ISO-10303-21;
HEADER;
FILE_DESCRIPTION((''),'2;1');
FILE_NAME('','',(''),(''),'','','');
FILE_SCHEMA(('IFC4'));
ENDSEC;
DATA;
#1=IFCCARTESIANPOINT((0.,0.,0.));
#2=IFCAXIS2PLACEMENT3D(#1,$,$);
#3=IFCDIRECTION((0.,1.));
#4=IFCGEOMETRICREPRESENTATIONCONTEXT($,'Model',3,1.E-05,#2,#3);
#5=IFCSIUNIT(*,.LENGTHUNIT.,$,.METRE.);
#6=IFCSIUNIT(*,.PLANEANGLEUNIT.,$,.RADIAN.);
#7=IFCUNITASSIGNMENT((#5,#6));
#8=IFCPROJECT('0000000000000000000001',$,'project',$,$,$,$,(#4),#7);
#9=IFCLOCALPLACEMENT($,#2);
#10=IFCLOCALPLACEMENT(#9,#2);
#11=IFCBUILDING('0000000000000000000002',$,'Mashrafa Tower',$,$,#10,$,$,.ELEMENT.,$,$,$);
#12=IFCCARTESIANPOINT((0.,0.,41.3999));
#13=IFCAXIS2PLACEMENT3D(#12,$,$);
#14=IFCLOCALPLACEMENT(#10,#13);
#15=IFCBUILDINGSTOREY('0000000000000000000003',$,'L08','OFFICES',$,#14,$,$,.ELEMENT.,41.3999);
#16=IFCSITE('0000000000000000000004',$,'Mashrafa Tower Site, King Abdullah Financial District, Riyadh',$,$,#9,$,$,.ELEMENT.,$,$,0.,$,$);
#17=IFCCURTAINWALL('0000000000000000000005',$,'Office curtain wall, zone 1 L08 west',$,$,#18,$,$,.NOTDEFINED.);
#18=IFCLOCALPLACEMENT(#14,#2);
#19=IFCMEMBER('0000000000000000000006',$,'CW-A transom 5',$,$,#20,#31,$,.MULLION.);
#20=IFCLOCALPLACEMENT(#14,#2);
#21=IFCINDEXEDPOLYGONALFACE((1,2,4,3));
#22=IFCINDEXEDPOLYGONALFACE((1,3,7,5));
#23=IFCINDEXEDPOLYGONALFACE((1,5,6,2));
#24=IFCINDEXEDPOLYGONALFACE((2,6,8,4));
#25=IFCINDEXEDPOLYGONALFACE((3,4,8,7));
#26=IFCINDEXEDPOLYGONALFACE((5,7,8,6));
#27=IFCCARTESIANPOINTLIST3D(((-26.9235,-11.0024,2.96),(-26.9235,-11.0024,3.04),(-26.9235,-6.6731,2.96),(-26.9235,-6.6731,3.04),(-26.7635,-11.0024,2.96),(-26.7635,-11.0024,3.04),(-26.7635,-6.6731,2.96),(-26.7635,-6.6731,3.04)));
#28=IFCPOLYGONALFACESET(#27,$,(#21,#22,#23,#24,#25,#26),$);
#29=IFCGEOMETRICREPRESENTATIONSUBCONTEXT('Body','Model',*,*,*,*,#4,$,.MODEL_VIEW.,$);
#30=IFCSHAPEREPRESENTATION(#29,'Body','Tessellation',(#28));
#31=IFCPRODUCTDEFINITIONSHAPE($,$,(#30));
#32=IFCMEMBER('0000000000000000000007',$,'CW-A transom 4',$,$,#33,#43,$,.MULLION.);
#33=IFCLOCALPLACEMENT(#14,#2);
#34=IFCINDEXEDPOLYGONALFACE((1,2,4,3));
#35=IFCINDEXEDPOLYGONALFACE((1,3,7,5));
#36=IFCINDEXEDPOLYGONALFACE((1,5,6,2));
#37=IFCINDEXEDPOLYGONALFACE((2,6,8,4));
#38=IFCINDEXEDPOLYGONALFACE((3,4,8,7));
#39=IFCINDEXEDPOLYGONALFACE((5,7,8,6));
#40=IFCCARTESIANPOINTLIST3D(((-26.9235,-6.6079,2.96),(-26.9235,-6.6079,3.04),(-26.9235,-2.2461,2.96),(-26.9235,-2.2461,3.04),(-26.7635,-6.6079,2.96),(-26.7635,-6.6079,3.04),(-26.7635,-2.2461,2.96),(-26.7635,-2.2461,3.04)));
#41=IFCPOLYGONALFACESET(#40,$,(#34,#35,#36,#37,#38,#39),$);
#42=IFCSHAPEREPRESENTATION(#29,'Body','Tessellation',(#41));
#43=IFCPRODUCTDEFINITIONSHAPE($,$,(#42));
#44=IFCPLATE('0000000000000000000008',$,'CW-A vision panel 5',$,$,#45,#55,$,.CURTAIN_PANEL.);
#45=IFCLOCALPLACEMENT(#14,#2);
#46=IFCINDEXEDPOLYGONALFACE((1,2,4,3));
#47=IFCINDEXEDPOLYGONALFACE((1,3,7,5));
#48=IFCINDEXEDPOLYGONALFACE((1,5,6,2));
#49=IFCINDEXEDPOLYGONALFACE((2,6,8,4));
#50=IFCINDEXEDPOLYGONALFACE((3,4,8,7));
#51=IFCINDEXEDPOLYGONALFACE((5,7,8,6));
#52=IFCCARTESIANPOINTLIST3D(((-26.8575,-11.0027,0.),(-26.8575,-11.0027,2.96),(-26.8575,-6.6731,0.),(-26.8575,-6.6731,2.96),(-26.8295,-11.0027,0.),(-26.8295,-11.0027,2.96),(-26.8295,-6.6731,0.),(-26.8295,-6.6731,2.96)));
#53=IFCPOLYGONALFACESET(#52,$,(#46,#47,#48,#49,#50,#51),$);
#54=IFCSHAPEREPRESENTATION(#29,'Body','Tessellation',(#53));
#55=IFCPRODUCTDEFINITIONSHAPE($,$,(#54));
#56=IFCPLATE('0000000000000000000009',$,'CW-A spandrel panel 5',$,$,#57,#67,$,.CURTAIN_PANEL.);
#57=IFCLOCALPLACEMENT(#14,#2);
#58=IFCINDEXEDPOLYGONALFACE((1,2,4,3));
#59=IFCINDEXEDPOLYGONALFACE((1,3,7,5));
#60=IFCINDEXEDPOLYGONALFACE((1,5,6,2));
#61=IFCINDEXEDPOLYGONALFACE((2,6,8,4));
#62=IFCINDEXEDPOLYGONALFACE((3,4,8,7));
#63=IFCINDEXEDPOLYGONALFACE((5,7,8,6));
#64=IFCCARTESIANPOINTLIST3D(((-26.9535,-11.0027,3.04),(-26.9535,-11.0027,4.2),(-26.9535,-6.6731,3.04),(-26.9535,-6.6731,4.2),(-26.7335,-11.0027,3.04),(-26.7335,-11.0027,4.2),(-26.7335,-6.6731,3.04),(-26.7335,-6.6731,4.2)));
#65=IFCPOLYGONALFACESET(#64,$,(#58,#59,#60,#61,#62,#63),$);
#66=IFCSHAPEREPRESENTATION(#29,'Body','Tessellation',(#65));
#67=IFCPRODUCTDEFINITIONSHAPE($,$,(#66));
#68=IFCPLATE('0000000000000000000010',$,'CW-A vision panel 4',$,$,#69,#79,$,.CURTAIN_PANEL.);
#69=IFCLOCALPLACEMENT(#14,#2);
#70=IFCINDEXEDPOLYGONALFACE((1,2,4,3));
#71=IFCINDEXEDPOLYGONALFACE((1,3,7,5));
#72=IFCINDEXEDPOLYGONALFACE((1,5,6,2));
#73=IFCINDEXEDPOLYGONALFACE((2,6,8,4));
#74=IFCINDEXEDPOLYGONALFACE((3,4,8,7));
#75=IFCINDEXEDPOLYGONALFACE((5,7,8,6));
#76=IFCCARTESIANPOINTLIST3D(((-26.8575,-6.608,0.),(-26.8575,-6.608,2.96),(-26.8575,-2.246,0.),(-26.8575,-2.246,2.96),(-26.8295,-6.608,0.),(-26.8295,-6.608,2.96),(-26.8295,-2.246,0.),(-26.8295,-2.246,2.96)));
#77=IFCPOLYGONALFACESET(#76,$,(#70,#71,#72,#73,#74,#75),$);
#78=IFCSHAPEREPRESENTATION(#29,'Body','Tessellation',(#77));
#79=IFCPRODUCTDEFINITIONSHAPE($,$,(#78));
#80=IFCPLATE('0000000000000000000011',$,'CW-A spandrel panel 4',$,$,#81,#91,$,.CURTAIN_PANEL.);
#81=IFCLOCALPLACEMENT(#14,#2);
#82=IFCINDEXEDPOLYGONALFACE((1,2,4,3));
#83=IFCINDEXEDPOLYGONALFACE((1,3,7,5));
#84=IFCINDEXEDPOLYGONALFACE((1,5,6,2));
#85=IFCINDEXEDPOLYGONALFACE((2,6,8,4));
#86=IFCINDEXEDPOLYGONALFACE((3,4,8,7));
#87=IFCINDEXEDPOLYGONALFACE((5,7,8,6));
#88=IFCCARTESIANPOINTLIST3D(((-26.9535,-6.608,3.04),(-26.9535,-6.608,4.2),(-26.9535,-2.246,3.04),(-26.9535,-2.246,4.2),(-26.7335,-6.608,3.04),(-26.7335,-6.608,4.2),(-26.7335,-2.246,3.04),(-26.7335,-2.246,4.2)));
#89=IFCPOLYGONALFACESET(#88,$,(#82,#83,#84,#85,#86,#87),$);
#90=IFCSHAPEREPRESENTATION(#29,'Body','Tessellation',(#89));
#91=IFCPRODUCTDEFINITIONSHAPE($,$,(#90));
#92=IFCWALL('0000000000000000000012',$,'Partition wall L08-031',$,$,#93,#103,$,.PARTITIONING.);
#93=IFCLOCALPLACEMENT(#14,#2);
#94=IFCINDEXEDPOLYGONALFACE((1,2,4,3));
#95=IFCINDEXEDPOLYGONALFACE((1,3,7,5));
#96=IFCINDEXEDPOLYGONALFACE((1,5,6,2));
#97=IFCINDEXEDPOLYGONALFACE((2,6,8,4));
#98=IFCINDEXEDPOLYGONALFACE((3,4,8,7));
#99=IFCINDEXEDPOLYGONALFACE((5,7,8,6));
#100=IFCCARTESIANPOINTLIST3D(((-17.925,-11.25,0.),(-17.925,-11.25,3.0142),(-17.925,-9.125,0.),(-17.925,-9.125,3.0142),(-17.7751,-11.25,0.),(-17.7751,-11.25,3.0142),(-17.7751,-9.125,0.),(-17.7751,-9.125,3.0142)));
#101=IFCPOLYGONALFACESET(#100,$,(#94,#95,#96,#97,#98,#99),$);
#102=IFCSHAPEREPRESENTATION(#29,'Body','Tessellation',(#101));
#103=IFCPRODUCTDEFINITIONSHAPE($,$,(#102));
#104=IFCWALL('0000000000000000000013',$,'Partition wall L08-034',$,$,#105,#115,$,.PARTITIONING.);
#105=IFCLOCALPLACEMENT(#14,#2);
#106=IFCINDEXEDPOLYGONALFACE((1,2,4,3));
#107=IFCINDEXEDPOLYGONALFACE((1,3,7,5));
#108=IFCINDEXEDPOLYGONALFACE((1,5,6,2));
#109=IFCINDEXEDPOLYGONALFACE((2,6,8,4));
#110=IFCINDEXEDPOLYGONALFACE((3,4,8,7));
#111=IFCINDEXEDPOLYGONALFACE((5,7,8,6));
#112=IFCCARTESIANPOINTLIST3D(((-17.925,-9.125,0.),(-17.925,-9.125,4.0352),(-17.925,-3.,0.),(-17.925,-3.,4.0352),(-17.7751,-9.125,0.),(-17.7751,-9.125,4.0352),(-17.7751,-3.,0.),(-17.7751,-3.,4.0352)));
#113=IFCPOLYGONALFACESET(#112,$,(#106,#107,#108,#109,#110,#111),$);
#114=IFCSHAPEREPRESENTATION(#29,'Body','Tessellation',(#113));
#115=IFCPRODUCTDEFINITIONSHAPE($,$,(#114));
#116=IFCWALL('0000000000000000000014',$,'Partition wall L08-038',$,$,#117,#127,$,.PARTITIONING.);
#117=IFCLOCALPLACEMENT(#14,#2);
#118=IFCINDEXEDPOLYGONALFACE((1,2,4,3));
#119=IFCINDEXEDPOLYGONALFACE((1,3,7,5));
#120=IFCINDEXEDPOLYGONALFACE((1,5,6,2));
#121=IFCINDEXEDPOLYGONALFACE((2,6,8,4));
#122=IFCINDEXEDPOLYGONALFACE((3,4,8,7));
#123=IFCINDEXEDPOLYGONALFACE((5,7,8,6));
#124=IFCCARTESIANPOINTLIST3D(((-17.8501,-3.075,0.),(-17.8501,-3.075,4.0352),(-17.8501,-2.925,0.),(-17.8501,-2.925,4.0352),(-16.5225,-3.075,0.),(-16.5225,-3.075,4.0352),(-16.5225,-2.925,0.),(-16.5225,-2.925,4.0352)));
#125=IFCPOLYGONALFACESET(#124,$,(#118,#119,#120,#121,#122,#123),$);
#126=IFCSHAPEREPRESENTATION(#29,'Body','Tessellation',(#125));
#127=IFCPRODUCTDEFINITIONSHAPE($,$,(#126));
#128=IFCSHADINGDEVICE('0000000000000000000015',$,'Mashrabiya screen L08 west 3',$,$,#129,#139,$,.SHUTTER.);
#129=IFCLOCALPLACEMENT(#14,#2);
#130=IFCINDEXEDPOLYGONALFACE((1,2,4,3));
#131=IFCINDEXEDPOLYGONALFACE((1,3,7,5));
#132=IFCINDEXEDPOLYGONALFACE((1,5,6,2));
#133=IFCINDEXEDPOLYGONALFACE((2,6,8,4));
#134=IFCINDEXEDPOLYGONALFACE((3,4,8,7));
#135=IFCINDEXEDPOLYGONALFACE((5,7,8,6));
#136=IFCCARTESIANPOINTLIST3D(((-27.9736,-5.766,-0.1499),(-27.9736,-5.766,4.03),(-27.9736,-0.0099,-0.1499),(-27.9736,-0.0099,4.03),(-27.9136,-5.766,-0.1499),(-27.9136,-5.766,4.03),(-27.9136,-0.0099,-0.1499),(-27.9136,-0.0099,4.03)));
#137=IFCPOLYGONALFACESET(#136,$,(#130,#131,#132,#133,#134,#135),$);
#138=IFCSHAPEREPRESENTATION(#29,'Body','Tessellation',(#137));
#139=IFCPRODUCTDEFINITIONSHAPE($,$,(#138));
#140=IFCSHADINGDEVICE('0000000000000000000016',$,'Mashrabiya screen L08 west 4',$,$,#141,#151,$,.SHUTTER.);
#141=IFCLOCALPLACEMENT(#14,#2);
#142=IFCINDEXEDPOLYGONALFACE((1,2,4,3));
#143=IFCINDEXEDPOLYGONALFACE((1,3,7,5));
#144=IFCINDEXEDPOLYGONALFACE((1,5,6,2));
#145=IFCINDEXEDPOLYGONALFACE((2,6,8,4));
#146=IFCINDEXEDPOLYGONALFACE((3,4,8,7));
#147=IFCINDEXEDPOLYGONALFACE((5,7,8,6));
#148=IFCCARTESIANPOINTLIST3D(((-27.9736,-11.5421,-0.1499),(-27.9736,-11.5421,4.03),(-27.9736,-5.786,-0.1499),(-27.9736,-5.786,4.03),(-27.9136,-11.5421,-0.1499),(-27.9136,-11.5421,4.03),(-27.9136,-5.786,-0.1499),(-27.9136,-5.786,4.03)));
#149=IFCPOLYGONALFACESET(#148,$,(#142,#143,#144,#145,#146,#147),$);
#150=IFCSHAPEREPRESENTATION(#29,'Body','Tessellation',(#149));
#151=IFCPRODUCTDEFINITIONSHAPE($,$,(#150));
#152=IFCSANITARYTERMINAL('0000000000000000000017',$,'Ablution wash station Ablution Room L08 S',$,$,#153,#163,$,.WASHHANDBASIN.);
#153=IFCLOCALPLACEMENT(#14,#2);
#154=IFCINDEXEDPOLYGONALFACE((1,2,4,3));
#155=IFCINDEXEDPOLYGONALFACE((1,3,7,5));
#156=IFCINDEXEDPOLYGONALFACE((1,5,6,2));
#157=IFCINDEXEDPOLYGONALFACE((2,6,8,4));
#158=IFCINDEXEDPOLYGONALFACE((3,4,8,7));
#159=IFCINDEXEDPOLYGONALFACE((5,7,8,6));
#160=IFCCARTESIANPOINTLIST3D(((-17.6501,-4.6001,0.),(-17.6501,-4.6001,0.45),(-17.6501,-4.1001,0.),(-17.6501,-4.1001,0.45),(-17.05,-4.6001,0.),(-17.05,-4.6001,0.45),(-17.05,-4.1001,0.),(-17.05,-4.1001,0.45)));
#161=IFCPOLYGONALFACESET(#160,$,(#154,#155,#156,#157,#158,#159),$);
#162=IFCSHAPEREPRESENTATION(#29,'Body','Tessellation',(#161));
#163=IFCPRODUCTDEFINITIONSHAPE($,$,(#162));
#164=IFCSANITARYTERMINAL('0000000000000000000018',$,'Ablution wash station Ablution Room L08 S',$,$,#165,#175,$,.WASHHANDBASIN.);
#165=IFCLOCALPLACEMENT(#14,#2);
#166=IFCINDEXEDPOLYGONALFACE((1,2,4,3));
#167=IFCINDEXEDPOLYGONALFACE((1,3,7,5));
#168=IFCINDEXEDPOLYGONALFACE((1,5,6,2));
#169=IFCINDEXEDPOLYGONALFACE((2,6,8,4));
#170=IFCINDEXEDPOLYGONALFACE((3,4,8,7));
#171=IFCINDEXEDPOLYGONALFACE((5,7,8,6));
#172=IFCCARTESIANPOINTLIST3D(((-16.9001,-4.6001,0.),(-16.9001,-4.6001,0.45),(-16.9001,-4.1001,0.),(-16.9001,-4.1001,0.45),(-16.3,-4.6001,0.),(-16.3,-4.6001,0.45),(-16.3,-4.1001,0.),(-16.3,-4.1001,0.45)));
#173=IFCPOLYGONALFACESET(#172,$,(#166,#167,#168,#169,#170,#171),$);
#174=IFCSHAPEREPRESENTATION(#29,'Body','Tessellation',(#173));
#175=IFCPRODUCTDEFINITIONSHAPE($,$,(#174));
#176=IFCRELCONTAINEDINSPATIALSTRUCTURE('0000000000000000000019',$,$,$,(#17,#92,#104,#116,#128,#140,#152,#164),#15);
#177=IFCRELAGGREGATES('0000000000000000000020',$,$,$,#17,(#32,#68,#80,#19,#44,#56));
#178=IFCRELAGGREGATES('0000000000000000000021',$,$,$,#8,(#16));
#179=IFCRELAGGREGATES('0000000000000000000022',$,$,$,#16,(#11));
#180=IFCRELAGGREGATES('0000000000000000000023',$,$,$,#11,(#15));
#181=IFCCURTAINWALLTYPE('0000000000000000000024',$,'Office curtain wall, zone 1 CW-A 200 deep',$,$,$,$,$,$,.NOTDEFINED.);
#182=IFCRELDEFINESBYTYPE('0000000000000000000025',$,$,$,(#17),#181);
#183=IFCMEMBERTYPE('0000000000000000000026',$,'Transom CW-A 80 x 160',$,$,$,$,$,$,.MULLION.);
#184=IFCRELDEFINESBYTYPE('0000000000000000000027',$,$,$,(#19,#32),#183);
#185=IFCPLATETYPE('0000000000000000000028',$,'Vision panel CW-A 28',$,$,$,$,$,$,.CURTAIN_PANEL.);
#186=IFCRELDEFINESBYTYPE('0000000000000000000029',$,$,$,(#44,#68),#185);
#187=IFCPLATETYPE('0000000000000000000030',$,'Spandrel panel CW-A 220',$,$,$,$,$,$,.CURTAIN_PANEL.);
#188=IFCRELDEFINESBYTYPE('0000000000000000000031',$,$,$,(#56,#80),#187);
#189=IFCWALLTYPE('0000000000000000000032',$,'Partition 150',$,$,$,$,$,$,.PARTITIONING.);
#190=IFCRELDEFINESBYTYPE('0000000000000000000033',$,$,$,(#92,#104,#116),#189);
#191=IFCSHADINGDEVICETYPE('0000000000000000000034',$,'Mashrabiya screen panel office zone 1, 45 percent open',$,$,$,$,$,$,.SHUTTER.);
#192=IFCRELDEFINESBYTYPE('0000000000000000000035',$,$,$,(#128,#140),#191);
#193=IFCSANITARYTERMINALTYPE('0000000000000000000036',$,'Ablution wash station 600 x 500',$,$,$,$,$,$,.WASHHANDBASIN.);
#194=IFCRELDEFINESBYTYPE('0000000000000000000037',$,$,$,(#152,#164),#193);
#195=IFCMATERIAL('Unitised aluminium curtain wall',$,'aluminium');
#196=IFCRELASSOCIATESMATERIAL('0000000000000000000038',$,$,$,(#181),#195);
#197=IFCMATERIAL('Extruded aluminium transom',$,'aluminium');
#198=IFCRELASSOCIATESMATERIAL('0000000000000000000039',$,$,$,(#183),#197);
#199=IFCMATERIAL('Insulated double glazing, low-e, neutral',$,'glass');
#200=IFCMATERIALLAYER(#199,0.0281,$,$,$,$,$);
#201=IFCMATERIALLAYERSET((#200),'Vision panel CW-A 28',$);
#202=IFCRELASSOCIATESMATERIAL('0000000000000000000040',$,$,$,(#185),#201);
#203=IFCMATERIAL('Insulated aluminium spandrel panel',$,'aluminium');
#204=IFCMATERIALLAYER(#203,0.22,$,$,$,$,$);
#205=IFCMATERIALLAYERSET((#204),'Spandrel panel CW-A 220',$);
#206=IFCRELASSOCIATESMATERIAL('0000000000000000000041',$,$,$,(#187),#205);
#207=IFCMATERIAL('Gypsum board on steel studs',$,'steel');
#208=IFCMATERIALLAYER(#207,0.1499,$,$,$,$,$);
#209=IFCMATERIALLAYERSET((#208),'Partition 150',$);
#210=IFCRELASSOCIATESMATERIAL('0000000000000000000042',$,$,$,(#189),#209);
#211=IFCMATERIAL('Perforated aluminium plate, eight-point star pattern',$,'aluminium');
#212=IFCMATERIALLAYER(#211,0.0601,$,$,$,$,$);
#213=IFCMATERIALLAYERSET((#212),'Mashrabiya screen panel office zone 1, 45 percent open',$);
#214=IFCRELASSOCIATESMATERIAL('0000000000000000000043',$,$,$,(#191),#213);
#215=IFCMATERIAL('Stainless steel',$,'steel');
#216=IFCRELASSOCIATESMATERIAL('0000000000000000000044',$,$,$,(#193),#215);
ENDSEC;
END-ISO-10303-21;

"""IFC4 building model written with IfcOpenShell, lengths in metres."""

from ifc_helpers import new_model, si_unit, direction, frame, frame_2d, origin, origin_2d, place, context, subcontext, project, spatial, rectangle, extrude, source, transform, mapped, material, layer, layer_set, material_profile, profile_set, type_object, type_shapes, element, aggregate, save


model = new_model("IFC4")

# Units and contexts
model_context = context("Model", 3, precision=1e-05, world=origin(), true_north=direction((0.0, 1.0)))
body_context = subcontext(model_context, "Body", "Model", "MODEL_VIEW")
ifc_project = project(units=[si_unit("LENGTHUNIT", "METRE"), si_unit("PLANEANGLEUNIT", "RADIAN")], contexts=[model_context])

# Site, building, storey
site_placement = place(None, origin())
site = spatial("IfcSite", under=ifc_project, at=site_placement, Name="Mashrafa Tower Site, King Abdullah Financial District, Riyadh", CompositionType="ELEMENT", RefElevation=0.0)
building_placement = place(site_placement, origin())
building = spatial("IfcBuilding", under=site, at=building_placement, Name="Mashrafa Tower", CompositionType="ELEMENT")
storey_placement = place(building_placement, frame((0.0, 0.0, 41.3999)))
storey = spatial("IfcBuildingStorey", under=building, at=storey_placement, Name="L08", Description="OFFICES", CompositionType="ELEMENT", Elevation=41.3999)

# Curtain wall, members, plates
ifc_material_1 = material(Name="Unitised aluminium curtain wall", Category="aluminium")
curtain_wall_type = type_object("IfcCurtainWallType", Name="Office curtain wall, zone 1 CW-A 200 deep", PredefinedType="NOTDEFINED", material=ifc_material_1)
curtain_wall_placement = place(storey_placement, origin())
curtain_wall = element("IfcCurtainWall", 1, at=curtain_wall_placement, inside=storey, type_object=curtain_wall_type, Name="Office curtain wall, zone 1 L08 west", PredefinedType="NOTDEFINED")
ifc_material_2 = material(Name="Extruded aluminium transom", Category="aluminium")
ifc_material_profile_1 = material_profile(ifc_material_2, rectangle(XDim=0.1599, YDim=0.0801, at=origin_2d()), Name="Transom 80x160")
ifc_profile_set_1 = profile_set([ifc_material_profile_1], Name="Extruded aluminium transom")
member_type_1 = type_object("IfcMemberType", Name="Transom CW-A 80 x 160", PredefinedType="MULLION", material=ifc_profile_set_1)
shared_shape_1 = source(origin(), body_context, "Body", "SweptSolid", [
    extrude(rectangle(XDim=0.1599, YDim=0.0801, at=origin_2d()), origin(), (0.0, 0.0, 1.0), 4.3293),
])
member_1_placement = place(storey_placement, frame((-26.8435, -6.6731, 3.0), z_axis=(0.0, -1.0, 0.0), x_axis=(1.0, 0.0, 0.0)))
member_1 = element("IfcMember", 2, at=member_1_placement, type_object=member_type_1, Name="CW-A transom 5", PredefinedType="MULLION", context=body_context, shape_type="MappedRepresentation", body=[
    mapped(shared_shape_1, transform((0.0, 0.0, 0.0))),
])
shared_shape_2 = source(origin(), body_context, "Body", "SweptSolid", [
    extrude(rectangle(XDim=0.1599, YDim=0.0801, at=origin_2d()), origin(), (0.0, 0.0, 1.0), 4.3618),
])
type_shapes(member_type_1, [shared_shape_1, shared_shape_2])
member_2_placement = place(storey_placement, frame((-26.8435, -2.2461, 3.0), z_axis=(0.0, -1.0, 0.0), x_axis=(1.0, 0.0, 0.0)))
member_2 = element("IfcMember", 3, at=member_2_placement, type_object=member_type_1, Name="CW-A transom 4", PredefinedType="MULLION", context=body_context, shape_type="MappedRepresentation", body=[
    mapped(shared_shape_2, transform((0.0, 0.0, 0.0))),
])
ifc_material_3 = material(Name="Insulated double glazing, low-e, neutral", Category="glass")
ifc_layer_1 = layer(ifc_material_3, 0.0281)
ifc_layer_set_1 = layer_set([ifc_layer_1], Name="Vision panel CW-A 28")
plate_type_1 = type_object("IfcPlateType", Name="Vision panel CW-A 28", PredefinedType="CURTAIN_PANEL", material=ifc_layer_set_1)
shared_shape_3 = source(origin(), body_context, "Body", "SweptSolid", [
    extrude(rectangle(XDim=4.3296, YDim=0.0281, at=origin_2d()), origin(), (0.0, 0.0, 1.0), 2.96),
])
plate_1_placement = place(storey_placement, frame((-26.8435, -8.8379, 0.0), z_axis=(0.0, 0.0, 1.0), x_axis=(0.0, -1.0, 0.0)))
plate_1 = element("IfcPlate", 4, at=plate_1_placement, type_object=plate_type_1, Name="CW-A vision panel 5", PredefinedType="CURTAIN_PANEL", context=body_context, shape_type="MappedRepresentation", body=[
    mapped(shared_shape_3, transform((0.0, 0.0, 0.0))),
])
ifc_material_4 = material(Name="Insulated aluminium spandrel panel", Category="aluminium")
ifc_layer_2 = layer(ifc_material_4, 0.22)
ifc_layer_set_2 = layer_set([ifc_layer_2], Name="Spandrel panel CW-A 220")
plate_type_2 = type_object("IfcPlateType", Name="Spandrel panel CW-A 220", PredefinedType="CURTAIN_PANEL", material=ifc_layer_set_2)
shared_shape_4 = source(origin(), body_context, "Body", "SweptSolid", [
    extrude(rectangle(XDim=4.3296, YDim=0.22, at=origin_2d()), origin(), (0.0, 0.0, 1.0), 1.1599),
])
plate_2_placement = place(storey_placement, frame((-26.8435, -8.8379, 3.04), z_axis=(0.0, 0.0, 1.0), x_axis=(0.0, -1.0, 0.0)))
plate_2 = element("IfcPlate", 5, at=plate_2_placement, type_object=plate_type_2, Name="CW-A spandrel panel 5", PredefinedType="CURTAIN_PANEL", context=body_context, shape_type="MappedRepresentation", body=[
    mapped(shared_shape_4, transform((0.0, 0.0, 0.0))),
])
shared_shape_5 = source(origin(), body_context, "Body", "SweptSolid", [
    extrude(rectangle(XDim=4.3621, YDim=0.0281, at=origin_2d()), origin(), (0.0, 0.0, 1.0), 2.96),
])
type_shapes(plate_type_1, [shared_shape_3, shared_shape_5])
plate_3_placement = place(storey_placement, frame((-26.8435, -4.427, 0.0), z_axis=(0.0, 0.0, 1.0), x_axis=(0.0, -1.0, 0.0)))
plate_3 = element("IfcPlate", 6, at=plate_3_placement, type_object=plate_type_1, Name="CW-A vision panel 4", PredefinedType="CURTAIN_PANEL", context=body_context, shape_type="MappedRepresentation", body=[
    mapped(shared_shape_5, transform((0.0, 0.0, 0.0))),
])
shared_shape_6 = source(origin(), body_context, "Body", "SweptSolid", [
    extrude(rectangle(XDim=4.3621, YDim=0.22, at=origin_2d()), origin(), (0.0, 0.0, 1.0), 1.1599),
])
type_shapes(plate_type_2, [shared_shape_4, shared_shape_6])
plate_4_placement = place(storey_placement, frame((-26.8435, -4.427, 3.04), z_axis=(0.0, 0.0, 1.0), x_axis=(0.0, -1.0, 0.0)))
plate_4 = element("IfcPlate", 7, at=plate_4_placement, type_object=plate_type_2, Name="CW-A spandrel panel 4", PredefinedType="CURTAIN_PANEL", context=body_context, shape_type="MappedRepresentation", body=[
    mapped(shared_shape_6, transform((0.0, 0.0, 0.0))),
])
aggregate(curtain_wall, [member_2, plate_3, plate_4, member_1, plate_1, plate_2])

# Walls
ifc_material_5 = material(Name="Gypsum board on steel studs", Category="steel")
ifc_layer_3 = layer(ifc_material_5, 0.1499)
ifc_layer_set_3 = layer_set([ifc_layer_3], Name="Partition 150")
wall_type = type_object("IfcWallType", Name="Partition 150", PredefinedType="PARTITIONING", material=ifc_layer_set_3)
wall_1_placement = place(storey_placement, frame((-17.8501, -9.125, 0.0), z_axis=(0.0, 0.0, 1.0), x_axis=(0.0, -1.0, 0.0)))
element("IfcWall", 8, at=wall_1_placement, inside=storey, type_object=wall_type, Name="Partition wall L08-031", PredefinedType="PARTITIONING", context=body_context, shape_type="SweptSolid", body=[
    extrude(rectangle(XDim=2.125, YDim=0.1499, at=frame_2d((1.0625, 0.0))), origin(), (0.0, 0.0, 1.0), 3.0142),
])
wall_2_placement = place(storey_placement, frame((-17.8501, -9.125, 0.0), z_axis=(0.0, 0.0, 1.0), x_axis=(0.0, 1.0, 0.0)))
element("IfcWall", 9, at=wall_2_placement, inside=storey, type_object=wall_type, Name="Partition wall L08-034", PredefinedType="PARTITIONING", context=body_context, shape_type="SweptSolid", body=[
    extrude(rectangle(XDim=6.125, YDim=0.1499, at=frame_2d((3.0625, 0.0))), origin(), (0.0, 0.0, 1.0), 4.0352),
])
wall_3_placement = place(storey_placement, frame((-16.5225, -3.0, 0.0), z_axis=(0.0, 0.0, 1.0), x_axis=(-1.0, 0.0, 0.0)))
element("IfcWall", 10, at=wall_3_placement, inside=storey, type_object=wall_type, Name="Partition wall L08-038", PredefinedType="PARTITIONING", context=body_context, shape_type="SweptSolid", body=[
    extrude(rectangle(XDim=1.3276, YDim=0.1499, at=frame_2d((0.6638, 0.0))), origin(), (0.0, 0.0, 1.0), 4.0352),
])

# Shading devices
ifc_material_6 = material(Name="Perforated aluminium plate, eight-point star pattern", Category="aluminium")
ifc_layer_4 = layer(ifc_material_6, 0.0601)
ifc_layer_set_4 = layer_set([ifc_layer_4], Name="Mashrabiya screen panel office zone 1, 45 percent open")
shading_device_type = type_object("IfcShadingDeviceType", Name="Mashrabiya screen panel office zone 1, 45 percent open", PredefinedType="SHUTTER", material=ifc_layer_set_4)
shared_shape_7 = source(origin(), body_context, "Body", "SweptSolid", [
    extrude(rectangle(XDim=5.7561, YDim=0.0601, at=origin_2d()), origin(), (0.0, 0.0, 1.0), 4.1799),
])
type_shapes(shading_device_type, [shared_shape_7])
for number, where, z_axis, x_axis, name in (
    (11, (-27.9436, -2.8879, -0.1499), (0.0, 0.0, 1.0), (0.0, -1.0, 0.0), "Mashrabiya screen L08 west 3"),
    (12, (-27.9436, -8.6641, -0.1499), (0.0, 0.0, 1.0), (0.0, -1.0, 0.0), "Mashrabiya screen L08 west 4"),
):
    element("IfcShadingDevice", number, at=place(storey_placement, frame(where, z_axis=z_axis, x_axis=x_axis)), inside=storey, type_object=shading_device_type, Name=name, PredefinedType="SHUTTER", context=body_context, shape_type="MappedRepresentation", body=[
        mapped(shared_shape_7, transform((0.0, 0.0, 0.0))),
    ])

# Sanitary terminals
ifc_material_7 = material(Name="Stainless steel", Category="steel")
sanitary_terminal_type_1 = type_object("IfcSanitaryTerminalType", Name="Ablution wash station 600 x 500", PredefinedType="WASHHANDBASIN", material=ifc_material_7)
for number, where, z_axis, x_axis, name in (
    (13, (-17.3501, -4.3501, 0.0), (0.0, 0.0, 1.0), (1.0, 0.0, 0.0), "Ablution wash station Ablution Room L08 S"),
    (14, (-16.6001, -4.3501, 0.0), (0.0, 0.0, 1.0), (1.0, 0.0, 0.0), "Ablution wash station Ablution Room L08 S"),
):
    element("IfcSanitaryTerminal", number, at=place(storey_placement, frame(where, z_axis=z_axis, x_axis=x_axis)), inside=storey, type_object=sanitary_terminal_type_1, Name=name, PredefinedType="WASHHANDBASIN", context=body_context, shape_type="SweptSolid", body=[
        extrude(rectangle(XDim=0.6001, YDim=0.5, at=origin_2d()), origin(), (0.0, 0.0, 1.0), 0.45),
    ])

save(model, "model.ifc")
